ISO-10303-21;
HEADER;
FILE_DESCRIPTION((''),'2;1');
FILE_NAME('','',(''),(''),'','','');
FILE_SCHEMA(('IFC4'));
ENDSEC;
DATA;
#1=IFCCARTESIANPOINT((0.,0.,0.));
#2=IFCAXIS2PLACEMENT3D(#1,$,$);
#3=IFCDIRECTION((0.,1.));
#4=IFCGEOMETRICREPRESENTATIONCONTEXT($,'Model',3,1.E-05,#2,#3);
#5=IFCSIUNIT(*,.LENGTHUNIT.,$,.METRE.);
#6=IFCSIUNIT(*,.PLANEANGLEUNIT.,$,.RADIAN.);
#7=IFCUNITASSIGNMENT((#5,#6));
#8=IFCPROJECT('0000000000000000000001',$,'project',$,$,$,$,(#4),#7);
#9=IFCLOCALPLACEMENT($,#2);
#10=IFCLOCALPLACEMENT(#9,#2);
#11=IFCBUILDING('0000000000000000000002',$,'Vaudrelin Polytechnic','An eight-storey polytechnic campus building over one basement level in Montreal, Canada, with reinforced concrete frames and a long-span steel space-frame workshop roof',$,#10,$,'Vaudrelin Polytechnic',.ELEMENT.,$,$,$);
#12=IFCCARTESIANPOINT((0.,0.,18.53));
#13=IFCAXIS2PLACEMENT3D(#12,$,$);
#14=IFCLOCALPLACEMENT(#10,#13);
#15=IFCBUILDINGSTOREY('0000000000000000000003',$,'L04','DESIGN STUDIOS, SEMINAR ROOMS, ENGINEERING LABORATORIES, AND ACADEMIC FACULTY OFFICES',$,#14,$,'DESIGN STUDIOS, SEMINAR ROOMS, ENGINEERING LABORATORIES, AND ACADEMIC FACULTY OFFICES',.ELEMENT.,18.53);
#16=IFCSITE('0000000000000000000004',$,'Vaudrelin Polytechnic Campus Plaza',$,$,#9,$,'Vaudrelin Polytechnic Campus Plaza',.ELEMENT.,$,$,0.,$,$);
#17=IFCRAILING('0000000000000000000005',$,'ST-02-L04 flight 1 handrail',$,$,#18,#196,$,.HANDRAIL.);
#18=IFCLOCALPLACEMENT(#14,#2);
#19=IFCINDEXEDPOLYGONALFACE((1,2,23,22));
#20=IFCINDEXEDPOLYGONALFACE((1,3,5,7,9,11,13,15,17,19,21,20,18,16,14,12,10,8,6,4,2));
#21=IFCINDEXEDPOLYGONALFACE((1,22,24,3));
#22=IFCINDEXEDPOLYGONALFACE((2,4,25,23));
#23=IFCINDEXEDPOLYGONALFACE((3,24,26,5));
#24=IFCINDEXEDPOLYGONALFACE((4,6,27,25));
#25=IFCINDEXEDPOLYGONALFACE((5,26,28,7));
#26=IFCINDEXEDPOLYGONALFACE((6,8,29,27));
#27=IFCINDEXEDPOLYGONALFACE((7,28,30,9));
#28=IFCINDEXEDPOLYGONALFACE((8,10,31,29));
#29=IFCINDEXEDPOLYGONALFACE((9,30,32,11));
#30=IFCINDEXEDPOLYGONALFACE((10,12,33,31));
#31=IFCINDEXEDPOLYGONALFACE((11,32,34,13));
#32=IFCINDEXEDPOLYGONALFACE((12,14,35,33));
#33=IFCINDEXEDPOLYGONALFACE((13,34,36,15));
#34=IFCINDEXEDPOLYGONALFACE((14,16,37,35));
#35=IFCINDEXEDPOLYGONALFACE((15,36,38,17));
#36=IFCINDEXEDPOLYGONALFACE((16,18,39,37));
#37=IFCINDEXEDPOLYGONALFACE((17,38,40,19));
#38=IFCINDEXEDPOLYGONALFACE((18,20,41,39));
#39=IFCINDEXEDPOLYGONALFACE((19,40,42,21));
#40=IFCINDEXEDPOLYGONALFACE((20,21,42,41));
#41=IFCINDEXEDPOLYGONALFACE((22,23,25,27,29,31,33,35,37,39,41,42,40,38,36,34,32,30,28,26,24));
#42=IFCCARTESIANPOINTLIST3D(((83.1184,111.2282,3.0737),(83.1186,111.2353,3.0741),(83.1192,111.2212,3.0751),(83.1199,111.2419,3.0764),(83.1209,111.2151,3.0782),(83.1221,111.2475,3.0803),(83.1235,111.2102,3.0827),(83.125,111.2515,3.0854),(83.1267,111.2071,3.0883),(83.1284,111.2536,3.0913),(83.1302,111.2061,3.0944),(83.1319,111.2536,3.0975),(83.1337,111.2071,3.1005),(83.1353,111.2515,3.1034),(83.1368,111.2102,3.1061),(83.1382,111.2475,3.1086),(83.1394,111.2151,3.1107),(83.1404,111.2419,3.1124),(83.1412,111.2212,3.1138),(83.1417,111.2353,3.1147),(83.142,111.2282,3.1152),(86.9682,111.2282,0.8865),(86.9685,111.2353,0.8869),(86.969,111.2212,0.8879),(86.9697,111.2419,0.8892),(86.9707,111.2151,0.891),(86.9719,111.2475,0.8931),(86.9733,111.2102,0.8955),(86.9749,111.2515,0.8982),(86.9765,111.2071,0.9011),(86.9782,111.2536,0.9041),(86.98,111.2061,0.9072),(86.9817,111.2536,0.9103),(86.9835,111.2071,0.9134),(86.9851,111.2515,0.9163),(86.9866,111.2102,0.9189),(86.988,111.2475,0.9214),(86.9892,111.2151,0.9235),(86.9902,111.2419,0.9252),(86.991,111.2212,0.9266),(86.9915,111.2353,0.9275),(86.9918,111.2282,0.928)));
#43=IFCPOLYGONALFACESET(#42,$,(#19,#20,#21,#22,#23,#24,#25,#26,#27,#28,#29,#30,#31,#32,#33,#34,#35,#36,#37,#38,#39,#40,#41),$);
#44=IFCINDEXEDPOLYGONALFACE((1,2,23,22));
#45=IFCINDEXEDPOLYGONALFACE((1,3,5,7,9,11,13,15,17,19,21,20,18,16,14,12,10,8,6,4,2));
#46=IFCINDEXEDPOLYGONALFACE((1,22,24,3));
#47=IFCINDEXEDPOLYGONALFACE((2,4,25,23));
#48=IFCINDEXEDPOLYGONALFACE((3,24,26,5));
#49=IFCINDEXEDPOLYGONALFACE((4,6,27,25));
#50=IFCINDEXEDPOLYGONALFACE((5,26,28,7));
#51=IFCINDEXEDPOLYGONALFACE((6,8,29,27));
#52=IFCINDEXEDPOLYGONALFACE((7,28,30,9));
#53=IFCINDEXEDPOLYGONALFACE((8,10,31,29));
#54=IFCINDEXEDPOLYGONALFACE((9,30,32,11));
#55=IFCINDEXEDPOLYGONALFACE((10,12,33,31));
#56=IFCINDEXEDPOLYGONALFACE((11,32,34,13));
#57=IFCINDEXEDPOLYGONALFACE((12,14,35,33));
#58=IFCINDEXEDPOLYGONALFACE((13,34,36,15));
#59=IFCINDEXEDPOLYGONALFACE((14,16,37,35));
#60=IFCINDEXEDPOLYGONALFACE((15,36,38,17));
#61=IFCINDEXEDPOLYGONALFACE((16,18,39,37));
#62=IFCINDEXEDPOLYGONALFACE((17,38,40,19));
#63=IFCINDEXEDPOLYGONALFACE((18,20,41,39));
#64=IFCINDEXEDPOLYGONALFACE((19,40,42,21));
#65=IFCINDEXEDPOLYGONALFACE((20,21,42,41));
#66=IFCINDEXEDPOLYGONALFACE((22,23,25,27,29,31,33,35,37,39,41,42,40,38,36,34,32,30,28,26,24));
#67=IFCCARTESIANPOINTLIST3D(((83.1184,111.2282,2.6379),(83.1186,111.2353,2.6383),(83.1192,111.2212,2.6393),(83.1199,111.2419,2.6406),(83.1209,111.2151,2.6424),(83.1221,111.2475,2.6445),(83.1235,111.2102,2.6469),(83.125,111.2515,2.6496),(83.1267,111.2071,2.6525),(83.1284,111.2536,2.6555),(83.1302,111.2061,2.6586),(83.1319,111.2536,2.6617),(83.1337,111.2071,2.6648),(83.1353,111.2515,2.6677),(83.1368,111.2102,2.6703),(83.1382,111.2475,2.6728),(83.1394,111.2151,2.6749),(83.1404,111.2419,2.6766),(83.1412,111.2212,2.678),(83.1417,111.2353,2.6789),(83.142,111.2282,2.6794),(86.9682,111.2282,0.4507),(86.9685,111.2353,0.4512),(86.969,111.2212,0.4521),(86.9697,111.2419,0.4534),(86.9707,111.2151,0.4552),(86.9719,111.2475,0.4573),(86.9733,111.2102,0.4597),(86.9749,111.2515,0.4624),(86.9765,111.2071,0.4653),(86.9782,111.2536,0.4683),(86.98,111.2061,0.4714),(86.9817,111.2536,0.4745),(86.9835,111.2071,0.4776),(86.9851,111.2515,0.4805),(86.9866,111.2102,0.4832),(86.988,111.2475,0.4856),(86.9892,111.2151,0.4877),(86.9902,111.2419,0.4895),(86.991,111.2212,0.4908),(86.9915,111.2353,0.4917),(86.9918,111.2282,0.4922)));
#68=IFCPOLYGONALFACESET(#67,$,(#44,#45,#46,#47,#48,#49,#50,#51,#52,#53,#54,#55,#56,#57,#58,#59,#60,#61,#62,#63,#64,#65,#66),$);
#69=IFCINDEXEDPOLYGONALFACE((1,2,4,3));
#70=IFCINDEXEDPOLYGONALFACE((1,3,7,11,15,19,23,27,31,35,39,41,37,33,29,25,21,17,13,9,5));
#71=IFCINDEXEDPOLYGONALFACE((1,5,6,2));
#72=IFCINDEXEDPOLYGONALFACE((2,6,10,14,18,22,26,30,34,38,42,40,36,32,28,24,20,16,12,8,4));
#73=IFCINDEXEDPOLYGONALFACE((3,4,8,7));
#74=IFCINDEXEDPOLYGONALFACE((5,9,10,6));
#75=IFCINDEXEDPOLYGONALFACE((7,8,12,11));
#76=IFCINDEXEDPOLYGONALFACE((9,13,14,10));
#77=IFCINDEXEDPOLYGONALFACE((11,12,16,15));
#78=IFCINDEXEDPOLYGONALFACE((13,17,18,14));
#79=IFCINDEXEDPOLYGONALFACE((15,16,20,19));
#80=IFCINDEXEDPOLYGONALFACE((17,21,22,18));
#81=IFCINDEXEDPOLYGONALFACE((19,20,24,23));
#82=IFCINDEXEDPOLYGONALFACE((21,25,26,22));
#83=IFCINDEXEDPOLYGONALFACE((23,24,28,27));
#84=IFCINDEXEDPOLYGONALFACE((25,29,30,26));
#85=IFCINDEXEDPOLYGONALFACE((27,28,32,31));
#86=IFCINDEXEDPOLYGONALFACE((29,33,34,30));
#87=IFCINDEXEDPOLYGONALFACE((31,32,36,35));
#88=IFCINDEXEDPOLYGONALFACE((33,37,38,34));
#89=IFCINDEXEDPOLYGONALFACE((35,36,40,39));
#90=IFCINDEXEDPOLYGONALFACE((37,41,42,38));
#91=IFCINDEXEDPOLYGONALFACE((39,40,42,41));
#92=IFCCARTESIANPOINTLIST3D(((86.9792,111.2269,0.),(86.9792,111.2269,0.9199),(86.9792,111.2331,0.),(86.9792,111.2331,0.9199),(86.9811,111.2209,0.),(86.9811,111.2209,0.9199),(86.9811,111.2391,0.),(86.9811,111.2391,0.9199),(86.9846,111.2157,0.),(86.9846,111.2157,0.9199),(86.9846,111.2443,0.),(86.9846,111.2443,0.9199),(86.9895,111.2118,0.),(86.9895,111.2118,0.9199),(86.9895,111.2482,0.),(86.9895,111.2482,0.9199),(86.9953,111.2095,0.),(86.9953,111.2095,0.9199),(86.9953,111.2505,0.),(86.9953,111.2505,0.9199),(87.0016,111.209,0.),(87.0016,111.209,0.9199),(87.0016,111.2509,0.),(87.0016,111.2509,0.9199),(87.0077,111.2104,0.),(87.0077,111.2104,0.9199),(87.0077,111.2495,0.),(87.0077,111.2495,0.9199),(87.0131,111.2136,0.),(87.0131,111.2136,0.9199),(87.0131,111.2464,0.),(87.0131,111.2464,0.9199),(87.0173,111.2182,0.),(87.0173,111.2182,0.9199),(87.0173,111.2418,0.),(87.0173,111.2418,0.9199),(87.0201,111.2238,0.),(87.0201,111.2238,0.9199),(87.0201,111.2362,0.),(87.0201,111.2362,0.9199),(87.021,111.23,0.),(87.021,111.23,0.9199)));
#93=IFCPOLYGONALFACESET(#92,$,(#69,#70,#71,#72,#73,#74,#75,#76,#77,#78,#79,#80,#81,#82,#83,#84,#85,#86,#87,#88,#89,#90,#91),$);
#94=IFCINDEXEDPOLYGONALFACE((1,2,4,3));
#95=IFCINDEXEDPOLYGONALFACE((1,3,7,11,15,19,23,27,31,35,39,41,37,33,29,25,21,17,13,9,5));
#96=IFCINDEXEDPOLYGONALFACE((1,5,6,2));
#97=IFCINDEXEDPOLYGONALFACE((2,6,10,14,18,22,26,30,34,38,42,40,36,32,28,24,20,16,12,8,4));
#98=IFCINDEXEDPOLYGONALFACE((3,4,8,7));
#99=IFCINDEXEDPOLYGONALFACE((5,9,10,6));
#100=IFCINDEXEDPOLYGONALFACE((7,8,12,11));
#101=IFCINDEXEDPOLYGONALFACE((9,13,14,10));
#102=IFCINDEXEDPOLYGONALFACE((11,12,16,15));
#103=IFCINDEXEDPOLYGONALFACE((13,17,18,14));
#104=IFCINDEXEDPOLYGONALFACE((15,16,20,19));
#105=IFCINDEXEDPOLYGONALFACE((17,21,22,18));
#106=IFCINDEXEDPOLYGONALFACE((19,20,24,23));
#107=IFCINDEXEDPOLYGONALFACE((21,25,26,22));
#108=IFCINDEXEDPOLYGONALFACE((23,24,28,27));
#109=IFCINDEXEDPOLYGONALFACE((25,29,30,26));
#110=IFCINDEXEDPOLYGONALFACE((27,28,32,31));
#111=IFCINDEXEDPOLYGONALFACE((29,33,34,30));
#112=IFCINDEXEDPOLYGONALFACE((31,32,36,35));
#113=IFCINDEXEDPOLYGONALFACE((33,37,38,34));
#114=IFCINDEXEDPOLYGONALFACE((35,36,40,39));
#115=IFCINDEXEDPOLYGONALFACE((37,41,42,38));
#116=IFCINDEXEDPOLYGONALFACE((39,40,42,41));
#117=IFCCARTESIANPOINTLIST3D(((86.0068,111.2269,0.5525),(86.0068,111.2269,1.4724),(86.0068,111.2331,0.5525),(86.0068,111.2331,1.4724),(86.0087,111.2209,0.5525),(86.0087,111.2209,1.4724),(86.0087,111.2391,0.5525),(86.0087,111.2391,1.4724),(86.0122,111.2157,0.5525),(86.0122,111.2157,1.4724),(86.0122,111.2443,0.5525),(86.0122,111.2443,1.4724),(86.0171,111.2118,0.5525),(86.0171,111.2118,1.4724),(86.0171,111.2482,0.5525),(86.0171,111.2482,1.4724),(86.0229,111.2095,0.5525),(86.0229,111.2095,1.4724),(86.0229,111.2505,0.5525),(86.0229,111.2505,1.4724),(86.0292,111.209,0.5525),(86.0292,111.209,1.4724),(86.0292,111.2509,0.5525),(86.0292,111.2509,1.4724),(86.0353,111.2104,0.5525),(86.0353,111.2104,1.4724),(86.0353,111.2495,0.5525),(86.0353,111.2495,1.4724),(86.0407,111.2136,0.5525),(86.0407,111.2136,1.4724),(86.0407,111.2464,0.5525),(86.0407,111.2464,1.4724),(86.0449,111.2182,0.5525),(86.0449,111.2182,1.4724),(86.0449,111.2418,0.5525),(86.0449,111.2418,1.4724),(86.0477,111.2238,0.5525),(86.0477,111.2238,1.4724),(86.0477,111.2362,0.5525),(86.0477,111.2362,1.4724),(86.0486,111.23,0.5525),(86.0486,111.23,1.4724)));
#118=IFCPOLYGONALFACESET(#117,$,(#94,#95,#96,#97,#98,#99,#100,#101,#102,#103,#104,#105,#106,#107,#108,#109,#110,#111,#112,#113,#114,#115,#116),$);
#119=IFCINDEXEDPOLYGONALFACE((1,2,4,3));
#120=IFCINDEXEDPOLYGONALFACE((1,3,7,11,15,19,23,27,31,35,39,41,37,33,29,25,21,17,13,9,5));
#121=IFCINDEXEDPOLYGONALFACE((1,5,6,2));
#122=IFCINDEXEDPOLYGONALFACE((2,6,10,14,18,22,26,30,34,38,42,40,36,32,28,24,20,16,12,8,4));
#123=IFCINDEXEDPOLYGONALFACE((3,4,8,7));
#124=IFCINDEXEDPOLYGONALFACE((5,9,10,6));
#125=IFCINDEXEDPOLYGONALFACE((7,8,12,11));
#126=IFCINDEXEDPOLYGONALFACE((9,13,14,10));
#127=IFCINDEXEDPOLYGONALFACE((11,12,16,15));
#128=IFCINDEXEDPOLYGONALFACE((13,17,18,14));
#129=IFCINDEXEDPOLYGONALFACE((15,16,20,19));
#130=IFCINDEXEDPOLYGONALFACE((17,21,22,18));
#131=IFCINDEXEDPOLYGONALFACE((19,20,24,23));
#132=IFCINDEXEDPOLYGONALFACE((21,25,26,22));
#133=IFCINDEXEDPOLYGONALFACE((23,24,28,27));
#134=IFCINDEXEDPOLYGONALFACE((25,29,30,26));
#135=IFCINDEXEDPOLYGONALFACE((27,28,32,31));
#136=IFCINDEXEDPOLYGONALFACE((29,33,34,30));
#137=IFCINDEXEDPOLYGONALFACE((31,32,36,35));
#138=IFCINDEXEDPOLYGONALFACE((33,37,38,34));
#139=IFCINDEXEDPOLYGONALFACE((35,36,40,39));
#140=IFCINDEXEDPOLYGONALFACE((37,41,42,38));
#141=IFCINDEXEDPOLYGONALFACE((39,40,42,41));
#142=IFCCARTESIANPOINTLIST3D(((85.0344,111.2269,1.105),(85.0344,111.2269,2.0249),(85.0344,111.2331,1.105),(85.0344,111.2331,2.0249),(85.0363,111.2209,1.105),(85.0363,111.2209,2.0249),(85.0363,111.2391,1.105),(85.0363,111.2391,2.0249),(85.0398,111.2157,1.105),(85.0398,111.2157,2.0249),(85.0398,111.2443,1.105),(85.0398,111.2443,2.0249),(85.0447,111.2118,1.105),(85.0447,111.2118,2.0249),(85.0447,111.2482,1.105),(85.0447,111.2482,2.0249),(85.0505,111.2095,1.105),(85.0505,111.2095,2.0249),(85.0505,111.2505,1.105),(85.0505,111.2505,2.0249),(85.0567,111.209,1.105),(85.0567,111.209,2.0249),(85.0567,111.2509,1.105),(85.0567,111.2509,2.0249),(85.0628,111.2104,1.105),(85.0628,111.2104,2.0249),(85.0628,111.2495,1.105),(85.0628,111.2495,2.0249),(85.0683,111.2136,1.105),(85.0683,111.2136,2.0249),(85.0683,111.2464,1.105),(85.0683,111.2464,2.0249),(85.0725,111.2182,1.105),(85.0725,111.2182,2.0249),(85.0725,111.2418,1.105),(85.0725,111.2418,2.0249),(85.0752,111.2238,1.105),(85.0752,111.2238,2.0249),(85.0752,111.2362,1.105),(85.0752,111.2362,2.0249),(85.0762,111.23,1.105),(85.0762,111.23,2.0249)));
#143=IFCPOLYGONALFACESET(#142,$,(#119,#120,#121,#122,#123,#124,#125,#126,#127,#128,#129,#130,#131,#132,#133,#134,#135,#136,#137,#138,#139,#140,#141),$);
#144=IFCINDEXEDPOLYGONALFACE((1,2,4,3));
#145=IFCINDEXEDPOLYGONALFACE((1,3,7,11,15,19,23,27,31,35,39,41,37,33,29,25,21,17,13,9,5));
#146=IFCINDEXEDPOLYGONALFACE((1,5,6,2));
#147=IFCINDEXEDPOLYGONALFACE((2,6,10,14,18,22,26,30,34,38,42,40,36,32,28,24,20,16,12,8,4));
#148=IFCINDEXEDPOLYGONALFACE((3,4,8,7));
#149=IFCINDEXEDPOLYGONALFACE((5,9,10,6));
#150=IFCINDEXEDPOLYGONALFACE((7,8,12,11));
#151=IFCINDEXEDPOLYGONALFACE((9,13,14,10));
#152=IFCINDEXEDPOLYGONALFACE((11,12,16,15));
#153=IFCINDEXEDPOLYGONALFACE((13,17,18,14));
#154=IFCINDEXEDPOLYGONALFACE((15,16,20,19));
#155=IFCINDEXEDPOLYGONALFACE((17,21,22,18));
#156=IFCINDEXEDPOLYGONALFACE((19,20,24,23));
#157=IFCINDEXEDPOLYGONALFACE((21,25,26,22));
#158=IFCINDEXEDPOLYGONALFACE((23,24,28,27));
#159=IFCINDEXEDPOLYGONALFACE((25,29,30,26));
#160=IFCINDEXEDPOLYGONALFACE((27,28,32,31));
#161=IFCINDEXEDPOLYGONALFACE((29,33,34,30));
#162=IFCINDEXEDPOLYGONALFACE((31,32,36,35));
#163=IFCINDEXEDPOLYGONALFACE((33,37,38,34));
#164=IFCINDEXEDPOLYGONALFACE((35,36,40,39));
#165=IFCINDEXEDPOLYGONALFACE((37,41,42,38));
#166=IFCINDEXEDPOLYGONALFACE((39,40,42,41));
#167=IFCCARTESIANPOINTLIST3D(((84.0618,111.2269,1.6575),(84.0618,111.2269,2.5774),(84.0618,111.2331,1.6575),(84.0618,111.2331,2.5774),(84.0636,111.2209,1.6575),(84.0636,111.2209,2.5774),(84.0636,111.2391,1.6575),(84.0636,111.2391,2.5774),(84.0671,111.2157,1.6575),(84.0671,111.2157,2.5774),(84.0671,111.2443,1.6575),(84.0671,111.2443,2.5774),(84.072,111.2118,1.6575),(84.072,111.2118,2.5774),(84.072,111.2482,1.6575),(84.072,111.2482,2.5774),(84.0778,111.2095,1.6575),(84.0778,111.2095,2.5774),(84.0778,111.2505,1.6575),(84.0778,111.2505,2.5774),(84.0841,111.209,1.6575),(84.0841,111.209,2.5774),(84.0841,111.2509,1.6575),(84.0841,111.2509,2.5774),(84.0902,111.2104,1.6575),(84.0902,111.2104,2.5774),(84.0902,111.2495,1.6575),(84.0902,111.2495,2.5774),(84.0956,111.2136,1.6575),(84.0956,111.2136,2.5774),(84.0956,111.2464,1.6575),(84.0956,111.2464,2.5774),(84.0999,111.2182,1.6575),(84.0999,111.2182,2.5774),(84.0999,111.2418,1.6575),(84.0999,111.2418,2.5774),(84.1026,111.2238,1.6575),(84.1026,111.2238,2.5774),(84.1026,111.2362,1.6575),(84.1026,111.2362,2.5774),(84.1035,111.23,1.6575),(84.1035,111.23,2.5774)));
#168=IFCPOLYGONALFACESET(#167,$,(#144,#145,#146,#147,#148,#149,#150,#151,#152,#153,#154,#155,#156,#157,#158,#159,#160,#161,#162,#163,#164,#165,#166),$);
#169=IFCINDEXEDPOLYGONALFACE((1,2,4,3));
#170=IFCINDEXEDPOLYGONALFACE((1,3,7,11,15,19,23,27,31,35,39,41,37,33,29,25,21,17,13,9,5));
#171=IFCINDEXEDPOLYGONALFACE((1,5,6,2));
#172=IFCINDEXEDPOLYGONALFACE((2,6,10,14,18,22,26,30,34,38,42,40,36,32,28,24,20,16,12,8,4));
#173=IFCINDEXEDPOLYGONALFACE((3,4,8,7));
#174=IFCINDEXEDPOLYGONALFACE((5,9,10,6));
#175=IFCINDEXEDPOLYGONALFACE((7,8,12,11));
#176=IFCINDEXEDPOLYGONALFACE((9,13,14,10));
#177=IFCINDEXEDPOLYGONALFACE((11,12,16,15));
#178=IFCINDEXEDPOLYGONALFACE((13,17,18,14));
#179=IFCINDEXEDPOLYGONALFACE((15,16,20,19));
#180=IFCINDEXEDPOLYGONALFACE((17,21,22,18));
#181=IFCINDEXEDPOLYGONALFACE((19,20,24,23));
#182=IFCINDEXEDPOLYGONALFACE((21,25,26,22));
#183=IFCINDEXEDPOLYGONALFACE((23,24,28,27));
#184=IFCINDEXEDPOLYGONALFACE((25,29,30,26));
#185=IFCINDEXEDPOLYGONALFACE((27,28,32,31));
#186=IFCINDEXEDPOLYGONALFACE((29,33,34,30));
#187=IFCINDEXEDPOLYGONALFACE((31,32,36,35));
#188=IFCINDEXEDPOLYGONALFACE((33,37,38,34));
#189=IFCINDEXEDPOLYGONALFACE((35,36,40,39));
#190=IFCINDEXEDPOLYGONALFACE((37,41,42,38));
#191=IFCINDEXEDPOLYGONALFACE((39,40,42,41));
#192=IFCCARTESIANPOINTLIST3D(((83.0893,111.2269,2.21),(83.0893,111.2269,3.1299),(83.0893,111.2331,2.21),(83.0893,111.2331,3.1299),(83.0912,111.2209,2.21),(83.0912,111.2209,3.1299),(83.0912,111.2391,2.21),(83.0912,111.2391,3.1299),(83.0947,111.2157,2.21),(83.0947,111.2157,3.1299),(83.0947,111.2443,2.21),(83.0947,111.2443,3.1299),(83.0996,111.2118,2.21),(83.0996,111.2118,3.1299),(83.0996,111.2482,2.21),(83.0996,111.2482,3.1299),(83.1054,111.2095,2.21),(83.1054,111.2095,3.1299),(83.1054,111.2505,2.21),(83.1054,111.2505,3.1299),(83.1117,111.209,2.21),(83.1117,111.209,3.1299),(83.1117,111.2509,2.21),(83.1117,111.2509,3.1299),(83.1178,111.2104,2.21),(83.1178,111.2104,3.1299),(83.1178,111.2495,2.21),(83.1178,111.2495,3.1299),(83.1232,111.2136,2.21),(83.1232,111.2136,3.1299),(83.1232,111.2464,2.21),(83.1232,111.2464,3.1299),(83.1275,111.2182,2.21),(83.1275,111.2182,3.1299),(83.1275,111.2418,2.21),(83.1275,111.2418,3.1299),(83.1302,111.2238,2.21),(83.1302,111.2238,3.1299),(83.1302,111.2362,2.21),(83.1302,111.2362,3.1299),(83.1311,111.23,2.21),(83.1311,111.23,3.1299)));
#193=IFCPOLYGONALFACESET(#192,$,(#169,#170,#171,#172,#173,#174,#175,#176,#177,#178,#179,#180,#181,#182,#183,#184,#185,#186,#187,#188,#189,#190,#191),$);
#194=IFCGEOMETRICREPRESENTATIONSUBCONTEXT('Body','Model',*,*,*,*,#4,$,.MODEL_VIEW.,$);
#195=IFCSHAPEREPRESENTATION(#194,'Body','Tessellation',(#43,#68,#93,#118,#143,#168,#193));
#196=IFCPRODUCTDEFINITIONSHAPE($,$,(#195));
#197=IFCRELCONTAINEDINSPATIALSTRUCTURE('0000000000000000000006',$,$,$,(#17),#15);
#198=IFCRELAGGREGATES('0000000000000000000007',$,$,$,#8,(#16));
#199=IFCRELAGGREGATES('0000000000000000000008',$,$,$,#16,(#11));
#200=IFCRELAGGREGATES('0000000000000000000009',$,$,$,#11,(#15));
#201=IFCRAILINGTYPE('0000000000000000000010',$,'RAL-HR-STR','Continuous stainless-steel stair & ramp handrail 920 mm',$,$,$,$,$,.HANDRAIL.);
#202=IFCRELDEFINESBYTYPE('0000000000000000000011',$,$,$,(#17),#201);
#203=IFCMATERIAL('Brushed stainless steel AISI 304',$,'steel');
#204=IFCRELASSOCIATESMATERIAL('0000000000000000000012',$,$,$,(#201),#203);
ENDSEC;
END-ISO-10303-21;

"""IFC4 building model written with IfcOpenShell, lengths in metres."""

from ifc_helpers import new_model, si_unit, direction, frame, origin, origin_2d, place, context, subcontext, project, spatial, circle, extrude, material, type_object, element, save


model = new_model("IFC4")

# Units and contexts
model_context = context("Model", 3, precision=1e-05, world=origin(), true_north=direction((0.0, 1.0)))
body_context = subcontext(model_context, "Body", "Model", "MODEL_VIEW")
ifc_project = project(units=[si_unit("LENGTHUNIT", "METRE"), si_unit("PLANEANGLEUNIT", "RADIAN")], contexts=[model_context])

# Site, building, storey
site_placement = place(None, origin())
site = spatial("IfcSite", under=ifc_project, at=site_placement, Name="Vaudrelin Polytechnic Campus Plaza", LongName="Vaudrelin Polytechnic Campus Plaza", CompositionType="ELEMENT", RefElevation=0.0)
building_placement = place(site_placement, origin())
building = spatial("IfcBuilding", under=site, at=building_placement, Name="Vaudrelin Polytechnic", Description="An eight-storey polytechnic campus building over one basement level in Montreal, Canada, with reinforced concrete frames and a long-span steel space-frame workshop roof", LongName="Vaudrelin Polytechnic", CompositionType="ELEMENT")
storey_placement = place(building_placement, frame((0.0, 0.0, 18.53)))
storey = spatial("IfcBuildingStorey", under=building, at=storey_placement, Name="L04", Description="DESIGN STUDIOS, SEMINAR ROOMS, ENGINEERING LABORATORIES, AND ACADEMIC FACULTY OFFICES", LongName="DESIGN STUDIOS, SEMINAR ROOMS, ENGINEERING LABORATORIES, AND ACADEMIC FACULTY OFFICES", CompositionType="ELEMENT", Elevation=18.53)

# Railing
ifc_material_1 = material(Name="Brushed stainless steel AISI 304", Category="steel")
railing_type_1 = type_object("IfcRailingType", Name="RAL-HR-STR", Description="Continuous stainless-steel stair & ramp handrail 920 mm", PredefinedType="HANDRAIL", material=ifc_material_1)
railing_1_placement = place(storey_placement, frame((87.0, 111.23, 0.0)))
element("IfcRailing", 1, at=railing_1_placement, inside=storey, type_object=railing_type_1, Name="ST-02-L04 flight 1 handrail", PredefinedType="HANDRAIL", context=body_context, shape_type="SweptSolid", body=[
    extrude(circle(Radius=0.0239, at=origin_2d()), frame((-0.02, 0.0, 0.9072), z_axis=(-0.869476, 0.0, 0.493975), x_axis=(0.0, -1.0, 0.0)), (0.0, 0.0, 1.0), 4.4277),
    extrude(circle(Radius=0.0239, at=origin_2d()), frame((-0.02, 0.0, 0.4714), z_axis=(-0.869476, 0.0, 0.493975), x_axis=(0.0, -1.0, 0.0)), (0.0, 0.0, 1.0), 4.4277),
    extrude(circle(Radius=0.021, at=origin_2d()), origin(), (0.0, 0.0, 1.0), 0.9199),
    extrude(circle(Radius=0.021, at=origin_2d()), frame((-0.9724, 0.0, 0.5525)), (0.0, 0.0, 1.0), 0.9199),
    extrude(circle(Radius=0.021, at=origin_2d()), frame((-1.9448, 0.0, 1.105)), (0.0, 0.0, 1.0), 0.9199),
    extrude(circle(Radius=0.021, at=origin_2d()), frame((-2.9175, 0.0, 1.6575)), (0.0, 0.0, 1.0), 0.9199),
    extrude(circle(Radius=0.021, at=origin_2d()), frame((-3.8899, 0.0, 2.21)), (0.0, 0.0, 1.0), 0.9199),
])

save(model, "model.ifc")
